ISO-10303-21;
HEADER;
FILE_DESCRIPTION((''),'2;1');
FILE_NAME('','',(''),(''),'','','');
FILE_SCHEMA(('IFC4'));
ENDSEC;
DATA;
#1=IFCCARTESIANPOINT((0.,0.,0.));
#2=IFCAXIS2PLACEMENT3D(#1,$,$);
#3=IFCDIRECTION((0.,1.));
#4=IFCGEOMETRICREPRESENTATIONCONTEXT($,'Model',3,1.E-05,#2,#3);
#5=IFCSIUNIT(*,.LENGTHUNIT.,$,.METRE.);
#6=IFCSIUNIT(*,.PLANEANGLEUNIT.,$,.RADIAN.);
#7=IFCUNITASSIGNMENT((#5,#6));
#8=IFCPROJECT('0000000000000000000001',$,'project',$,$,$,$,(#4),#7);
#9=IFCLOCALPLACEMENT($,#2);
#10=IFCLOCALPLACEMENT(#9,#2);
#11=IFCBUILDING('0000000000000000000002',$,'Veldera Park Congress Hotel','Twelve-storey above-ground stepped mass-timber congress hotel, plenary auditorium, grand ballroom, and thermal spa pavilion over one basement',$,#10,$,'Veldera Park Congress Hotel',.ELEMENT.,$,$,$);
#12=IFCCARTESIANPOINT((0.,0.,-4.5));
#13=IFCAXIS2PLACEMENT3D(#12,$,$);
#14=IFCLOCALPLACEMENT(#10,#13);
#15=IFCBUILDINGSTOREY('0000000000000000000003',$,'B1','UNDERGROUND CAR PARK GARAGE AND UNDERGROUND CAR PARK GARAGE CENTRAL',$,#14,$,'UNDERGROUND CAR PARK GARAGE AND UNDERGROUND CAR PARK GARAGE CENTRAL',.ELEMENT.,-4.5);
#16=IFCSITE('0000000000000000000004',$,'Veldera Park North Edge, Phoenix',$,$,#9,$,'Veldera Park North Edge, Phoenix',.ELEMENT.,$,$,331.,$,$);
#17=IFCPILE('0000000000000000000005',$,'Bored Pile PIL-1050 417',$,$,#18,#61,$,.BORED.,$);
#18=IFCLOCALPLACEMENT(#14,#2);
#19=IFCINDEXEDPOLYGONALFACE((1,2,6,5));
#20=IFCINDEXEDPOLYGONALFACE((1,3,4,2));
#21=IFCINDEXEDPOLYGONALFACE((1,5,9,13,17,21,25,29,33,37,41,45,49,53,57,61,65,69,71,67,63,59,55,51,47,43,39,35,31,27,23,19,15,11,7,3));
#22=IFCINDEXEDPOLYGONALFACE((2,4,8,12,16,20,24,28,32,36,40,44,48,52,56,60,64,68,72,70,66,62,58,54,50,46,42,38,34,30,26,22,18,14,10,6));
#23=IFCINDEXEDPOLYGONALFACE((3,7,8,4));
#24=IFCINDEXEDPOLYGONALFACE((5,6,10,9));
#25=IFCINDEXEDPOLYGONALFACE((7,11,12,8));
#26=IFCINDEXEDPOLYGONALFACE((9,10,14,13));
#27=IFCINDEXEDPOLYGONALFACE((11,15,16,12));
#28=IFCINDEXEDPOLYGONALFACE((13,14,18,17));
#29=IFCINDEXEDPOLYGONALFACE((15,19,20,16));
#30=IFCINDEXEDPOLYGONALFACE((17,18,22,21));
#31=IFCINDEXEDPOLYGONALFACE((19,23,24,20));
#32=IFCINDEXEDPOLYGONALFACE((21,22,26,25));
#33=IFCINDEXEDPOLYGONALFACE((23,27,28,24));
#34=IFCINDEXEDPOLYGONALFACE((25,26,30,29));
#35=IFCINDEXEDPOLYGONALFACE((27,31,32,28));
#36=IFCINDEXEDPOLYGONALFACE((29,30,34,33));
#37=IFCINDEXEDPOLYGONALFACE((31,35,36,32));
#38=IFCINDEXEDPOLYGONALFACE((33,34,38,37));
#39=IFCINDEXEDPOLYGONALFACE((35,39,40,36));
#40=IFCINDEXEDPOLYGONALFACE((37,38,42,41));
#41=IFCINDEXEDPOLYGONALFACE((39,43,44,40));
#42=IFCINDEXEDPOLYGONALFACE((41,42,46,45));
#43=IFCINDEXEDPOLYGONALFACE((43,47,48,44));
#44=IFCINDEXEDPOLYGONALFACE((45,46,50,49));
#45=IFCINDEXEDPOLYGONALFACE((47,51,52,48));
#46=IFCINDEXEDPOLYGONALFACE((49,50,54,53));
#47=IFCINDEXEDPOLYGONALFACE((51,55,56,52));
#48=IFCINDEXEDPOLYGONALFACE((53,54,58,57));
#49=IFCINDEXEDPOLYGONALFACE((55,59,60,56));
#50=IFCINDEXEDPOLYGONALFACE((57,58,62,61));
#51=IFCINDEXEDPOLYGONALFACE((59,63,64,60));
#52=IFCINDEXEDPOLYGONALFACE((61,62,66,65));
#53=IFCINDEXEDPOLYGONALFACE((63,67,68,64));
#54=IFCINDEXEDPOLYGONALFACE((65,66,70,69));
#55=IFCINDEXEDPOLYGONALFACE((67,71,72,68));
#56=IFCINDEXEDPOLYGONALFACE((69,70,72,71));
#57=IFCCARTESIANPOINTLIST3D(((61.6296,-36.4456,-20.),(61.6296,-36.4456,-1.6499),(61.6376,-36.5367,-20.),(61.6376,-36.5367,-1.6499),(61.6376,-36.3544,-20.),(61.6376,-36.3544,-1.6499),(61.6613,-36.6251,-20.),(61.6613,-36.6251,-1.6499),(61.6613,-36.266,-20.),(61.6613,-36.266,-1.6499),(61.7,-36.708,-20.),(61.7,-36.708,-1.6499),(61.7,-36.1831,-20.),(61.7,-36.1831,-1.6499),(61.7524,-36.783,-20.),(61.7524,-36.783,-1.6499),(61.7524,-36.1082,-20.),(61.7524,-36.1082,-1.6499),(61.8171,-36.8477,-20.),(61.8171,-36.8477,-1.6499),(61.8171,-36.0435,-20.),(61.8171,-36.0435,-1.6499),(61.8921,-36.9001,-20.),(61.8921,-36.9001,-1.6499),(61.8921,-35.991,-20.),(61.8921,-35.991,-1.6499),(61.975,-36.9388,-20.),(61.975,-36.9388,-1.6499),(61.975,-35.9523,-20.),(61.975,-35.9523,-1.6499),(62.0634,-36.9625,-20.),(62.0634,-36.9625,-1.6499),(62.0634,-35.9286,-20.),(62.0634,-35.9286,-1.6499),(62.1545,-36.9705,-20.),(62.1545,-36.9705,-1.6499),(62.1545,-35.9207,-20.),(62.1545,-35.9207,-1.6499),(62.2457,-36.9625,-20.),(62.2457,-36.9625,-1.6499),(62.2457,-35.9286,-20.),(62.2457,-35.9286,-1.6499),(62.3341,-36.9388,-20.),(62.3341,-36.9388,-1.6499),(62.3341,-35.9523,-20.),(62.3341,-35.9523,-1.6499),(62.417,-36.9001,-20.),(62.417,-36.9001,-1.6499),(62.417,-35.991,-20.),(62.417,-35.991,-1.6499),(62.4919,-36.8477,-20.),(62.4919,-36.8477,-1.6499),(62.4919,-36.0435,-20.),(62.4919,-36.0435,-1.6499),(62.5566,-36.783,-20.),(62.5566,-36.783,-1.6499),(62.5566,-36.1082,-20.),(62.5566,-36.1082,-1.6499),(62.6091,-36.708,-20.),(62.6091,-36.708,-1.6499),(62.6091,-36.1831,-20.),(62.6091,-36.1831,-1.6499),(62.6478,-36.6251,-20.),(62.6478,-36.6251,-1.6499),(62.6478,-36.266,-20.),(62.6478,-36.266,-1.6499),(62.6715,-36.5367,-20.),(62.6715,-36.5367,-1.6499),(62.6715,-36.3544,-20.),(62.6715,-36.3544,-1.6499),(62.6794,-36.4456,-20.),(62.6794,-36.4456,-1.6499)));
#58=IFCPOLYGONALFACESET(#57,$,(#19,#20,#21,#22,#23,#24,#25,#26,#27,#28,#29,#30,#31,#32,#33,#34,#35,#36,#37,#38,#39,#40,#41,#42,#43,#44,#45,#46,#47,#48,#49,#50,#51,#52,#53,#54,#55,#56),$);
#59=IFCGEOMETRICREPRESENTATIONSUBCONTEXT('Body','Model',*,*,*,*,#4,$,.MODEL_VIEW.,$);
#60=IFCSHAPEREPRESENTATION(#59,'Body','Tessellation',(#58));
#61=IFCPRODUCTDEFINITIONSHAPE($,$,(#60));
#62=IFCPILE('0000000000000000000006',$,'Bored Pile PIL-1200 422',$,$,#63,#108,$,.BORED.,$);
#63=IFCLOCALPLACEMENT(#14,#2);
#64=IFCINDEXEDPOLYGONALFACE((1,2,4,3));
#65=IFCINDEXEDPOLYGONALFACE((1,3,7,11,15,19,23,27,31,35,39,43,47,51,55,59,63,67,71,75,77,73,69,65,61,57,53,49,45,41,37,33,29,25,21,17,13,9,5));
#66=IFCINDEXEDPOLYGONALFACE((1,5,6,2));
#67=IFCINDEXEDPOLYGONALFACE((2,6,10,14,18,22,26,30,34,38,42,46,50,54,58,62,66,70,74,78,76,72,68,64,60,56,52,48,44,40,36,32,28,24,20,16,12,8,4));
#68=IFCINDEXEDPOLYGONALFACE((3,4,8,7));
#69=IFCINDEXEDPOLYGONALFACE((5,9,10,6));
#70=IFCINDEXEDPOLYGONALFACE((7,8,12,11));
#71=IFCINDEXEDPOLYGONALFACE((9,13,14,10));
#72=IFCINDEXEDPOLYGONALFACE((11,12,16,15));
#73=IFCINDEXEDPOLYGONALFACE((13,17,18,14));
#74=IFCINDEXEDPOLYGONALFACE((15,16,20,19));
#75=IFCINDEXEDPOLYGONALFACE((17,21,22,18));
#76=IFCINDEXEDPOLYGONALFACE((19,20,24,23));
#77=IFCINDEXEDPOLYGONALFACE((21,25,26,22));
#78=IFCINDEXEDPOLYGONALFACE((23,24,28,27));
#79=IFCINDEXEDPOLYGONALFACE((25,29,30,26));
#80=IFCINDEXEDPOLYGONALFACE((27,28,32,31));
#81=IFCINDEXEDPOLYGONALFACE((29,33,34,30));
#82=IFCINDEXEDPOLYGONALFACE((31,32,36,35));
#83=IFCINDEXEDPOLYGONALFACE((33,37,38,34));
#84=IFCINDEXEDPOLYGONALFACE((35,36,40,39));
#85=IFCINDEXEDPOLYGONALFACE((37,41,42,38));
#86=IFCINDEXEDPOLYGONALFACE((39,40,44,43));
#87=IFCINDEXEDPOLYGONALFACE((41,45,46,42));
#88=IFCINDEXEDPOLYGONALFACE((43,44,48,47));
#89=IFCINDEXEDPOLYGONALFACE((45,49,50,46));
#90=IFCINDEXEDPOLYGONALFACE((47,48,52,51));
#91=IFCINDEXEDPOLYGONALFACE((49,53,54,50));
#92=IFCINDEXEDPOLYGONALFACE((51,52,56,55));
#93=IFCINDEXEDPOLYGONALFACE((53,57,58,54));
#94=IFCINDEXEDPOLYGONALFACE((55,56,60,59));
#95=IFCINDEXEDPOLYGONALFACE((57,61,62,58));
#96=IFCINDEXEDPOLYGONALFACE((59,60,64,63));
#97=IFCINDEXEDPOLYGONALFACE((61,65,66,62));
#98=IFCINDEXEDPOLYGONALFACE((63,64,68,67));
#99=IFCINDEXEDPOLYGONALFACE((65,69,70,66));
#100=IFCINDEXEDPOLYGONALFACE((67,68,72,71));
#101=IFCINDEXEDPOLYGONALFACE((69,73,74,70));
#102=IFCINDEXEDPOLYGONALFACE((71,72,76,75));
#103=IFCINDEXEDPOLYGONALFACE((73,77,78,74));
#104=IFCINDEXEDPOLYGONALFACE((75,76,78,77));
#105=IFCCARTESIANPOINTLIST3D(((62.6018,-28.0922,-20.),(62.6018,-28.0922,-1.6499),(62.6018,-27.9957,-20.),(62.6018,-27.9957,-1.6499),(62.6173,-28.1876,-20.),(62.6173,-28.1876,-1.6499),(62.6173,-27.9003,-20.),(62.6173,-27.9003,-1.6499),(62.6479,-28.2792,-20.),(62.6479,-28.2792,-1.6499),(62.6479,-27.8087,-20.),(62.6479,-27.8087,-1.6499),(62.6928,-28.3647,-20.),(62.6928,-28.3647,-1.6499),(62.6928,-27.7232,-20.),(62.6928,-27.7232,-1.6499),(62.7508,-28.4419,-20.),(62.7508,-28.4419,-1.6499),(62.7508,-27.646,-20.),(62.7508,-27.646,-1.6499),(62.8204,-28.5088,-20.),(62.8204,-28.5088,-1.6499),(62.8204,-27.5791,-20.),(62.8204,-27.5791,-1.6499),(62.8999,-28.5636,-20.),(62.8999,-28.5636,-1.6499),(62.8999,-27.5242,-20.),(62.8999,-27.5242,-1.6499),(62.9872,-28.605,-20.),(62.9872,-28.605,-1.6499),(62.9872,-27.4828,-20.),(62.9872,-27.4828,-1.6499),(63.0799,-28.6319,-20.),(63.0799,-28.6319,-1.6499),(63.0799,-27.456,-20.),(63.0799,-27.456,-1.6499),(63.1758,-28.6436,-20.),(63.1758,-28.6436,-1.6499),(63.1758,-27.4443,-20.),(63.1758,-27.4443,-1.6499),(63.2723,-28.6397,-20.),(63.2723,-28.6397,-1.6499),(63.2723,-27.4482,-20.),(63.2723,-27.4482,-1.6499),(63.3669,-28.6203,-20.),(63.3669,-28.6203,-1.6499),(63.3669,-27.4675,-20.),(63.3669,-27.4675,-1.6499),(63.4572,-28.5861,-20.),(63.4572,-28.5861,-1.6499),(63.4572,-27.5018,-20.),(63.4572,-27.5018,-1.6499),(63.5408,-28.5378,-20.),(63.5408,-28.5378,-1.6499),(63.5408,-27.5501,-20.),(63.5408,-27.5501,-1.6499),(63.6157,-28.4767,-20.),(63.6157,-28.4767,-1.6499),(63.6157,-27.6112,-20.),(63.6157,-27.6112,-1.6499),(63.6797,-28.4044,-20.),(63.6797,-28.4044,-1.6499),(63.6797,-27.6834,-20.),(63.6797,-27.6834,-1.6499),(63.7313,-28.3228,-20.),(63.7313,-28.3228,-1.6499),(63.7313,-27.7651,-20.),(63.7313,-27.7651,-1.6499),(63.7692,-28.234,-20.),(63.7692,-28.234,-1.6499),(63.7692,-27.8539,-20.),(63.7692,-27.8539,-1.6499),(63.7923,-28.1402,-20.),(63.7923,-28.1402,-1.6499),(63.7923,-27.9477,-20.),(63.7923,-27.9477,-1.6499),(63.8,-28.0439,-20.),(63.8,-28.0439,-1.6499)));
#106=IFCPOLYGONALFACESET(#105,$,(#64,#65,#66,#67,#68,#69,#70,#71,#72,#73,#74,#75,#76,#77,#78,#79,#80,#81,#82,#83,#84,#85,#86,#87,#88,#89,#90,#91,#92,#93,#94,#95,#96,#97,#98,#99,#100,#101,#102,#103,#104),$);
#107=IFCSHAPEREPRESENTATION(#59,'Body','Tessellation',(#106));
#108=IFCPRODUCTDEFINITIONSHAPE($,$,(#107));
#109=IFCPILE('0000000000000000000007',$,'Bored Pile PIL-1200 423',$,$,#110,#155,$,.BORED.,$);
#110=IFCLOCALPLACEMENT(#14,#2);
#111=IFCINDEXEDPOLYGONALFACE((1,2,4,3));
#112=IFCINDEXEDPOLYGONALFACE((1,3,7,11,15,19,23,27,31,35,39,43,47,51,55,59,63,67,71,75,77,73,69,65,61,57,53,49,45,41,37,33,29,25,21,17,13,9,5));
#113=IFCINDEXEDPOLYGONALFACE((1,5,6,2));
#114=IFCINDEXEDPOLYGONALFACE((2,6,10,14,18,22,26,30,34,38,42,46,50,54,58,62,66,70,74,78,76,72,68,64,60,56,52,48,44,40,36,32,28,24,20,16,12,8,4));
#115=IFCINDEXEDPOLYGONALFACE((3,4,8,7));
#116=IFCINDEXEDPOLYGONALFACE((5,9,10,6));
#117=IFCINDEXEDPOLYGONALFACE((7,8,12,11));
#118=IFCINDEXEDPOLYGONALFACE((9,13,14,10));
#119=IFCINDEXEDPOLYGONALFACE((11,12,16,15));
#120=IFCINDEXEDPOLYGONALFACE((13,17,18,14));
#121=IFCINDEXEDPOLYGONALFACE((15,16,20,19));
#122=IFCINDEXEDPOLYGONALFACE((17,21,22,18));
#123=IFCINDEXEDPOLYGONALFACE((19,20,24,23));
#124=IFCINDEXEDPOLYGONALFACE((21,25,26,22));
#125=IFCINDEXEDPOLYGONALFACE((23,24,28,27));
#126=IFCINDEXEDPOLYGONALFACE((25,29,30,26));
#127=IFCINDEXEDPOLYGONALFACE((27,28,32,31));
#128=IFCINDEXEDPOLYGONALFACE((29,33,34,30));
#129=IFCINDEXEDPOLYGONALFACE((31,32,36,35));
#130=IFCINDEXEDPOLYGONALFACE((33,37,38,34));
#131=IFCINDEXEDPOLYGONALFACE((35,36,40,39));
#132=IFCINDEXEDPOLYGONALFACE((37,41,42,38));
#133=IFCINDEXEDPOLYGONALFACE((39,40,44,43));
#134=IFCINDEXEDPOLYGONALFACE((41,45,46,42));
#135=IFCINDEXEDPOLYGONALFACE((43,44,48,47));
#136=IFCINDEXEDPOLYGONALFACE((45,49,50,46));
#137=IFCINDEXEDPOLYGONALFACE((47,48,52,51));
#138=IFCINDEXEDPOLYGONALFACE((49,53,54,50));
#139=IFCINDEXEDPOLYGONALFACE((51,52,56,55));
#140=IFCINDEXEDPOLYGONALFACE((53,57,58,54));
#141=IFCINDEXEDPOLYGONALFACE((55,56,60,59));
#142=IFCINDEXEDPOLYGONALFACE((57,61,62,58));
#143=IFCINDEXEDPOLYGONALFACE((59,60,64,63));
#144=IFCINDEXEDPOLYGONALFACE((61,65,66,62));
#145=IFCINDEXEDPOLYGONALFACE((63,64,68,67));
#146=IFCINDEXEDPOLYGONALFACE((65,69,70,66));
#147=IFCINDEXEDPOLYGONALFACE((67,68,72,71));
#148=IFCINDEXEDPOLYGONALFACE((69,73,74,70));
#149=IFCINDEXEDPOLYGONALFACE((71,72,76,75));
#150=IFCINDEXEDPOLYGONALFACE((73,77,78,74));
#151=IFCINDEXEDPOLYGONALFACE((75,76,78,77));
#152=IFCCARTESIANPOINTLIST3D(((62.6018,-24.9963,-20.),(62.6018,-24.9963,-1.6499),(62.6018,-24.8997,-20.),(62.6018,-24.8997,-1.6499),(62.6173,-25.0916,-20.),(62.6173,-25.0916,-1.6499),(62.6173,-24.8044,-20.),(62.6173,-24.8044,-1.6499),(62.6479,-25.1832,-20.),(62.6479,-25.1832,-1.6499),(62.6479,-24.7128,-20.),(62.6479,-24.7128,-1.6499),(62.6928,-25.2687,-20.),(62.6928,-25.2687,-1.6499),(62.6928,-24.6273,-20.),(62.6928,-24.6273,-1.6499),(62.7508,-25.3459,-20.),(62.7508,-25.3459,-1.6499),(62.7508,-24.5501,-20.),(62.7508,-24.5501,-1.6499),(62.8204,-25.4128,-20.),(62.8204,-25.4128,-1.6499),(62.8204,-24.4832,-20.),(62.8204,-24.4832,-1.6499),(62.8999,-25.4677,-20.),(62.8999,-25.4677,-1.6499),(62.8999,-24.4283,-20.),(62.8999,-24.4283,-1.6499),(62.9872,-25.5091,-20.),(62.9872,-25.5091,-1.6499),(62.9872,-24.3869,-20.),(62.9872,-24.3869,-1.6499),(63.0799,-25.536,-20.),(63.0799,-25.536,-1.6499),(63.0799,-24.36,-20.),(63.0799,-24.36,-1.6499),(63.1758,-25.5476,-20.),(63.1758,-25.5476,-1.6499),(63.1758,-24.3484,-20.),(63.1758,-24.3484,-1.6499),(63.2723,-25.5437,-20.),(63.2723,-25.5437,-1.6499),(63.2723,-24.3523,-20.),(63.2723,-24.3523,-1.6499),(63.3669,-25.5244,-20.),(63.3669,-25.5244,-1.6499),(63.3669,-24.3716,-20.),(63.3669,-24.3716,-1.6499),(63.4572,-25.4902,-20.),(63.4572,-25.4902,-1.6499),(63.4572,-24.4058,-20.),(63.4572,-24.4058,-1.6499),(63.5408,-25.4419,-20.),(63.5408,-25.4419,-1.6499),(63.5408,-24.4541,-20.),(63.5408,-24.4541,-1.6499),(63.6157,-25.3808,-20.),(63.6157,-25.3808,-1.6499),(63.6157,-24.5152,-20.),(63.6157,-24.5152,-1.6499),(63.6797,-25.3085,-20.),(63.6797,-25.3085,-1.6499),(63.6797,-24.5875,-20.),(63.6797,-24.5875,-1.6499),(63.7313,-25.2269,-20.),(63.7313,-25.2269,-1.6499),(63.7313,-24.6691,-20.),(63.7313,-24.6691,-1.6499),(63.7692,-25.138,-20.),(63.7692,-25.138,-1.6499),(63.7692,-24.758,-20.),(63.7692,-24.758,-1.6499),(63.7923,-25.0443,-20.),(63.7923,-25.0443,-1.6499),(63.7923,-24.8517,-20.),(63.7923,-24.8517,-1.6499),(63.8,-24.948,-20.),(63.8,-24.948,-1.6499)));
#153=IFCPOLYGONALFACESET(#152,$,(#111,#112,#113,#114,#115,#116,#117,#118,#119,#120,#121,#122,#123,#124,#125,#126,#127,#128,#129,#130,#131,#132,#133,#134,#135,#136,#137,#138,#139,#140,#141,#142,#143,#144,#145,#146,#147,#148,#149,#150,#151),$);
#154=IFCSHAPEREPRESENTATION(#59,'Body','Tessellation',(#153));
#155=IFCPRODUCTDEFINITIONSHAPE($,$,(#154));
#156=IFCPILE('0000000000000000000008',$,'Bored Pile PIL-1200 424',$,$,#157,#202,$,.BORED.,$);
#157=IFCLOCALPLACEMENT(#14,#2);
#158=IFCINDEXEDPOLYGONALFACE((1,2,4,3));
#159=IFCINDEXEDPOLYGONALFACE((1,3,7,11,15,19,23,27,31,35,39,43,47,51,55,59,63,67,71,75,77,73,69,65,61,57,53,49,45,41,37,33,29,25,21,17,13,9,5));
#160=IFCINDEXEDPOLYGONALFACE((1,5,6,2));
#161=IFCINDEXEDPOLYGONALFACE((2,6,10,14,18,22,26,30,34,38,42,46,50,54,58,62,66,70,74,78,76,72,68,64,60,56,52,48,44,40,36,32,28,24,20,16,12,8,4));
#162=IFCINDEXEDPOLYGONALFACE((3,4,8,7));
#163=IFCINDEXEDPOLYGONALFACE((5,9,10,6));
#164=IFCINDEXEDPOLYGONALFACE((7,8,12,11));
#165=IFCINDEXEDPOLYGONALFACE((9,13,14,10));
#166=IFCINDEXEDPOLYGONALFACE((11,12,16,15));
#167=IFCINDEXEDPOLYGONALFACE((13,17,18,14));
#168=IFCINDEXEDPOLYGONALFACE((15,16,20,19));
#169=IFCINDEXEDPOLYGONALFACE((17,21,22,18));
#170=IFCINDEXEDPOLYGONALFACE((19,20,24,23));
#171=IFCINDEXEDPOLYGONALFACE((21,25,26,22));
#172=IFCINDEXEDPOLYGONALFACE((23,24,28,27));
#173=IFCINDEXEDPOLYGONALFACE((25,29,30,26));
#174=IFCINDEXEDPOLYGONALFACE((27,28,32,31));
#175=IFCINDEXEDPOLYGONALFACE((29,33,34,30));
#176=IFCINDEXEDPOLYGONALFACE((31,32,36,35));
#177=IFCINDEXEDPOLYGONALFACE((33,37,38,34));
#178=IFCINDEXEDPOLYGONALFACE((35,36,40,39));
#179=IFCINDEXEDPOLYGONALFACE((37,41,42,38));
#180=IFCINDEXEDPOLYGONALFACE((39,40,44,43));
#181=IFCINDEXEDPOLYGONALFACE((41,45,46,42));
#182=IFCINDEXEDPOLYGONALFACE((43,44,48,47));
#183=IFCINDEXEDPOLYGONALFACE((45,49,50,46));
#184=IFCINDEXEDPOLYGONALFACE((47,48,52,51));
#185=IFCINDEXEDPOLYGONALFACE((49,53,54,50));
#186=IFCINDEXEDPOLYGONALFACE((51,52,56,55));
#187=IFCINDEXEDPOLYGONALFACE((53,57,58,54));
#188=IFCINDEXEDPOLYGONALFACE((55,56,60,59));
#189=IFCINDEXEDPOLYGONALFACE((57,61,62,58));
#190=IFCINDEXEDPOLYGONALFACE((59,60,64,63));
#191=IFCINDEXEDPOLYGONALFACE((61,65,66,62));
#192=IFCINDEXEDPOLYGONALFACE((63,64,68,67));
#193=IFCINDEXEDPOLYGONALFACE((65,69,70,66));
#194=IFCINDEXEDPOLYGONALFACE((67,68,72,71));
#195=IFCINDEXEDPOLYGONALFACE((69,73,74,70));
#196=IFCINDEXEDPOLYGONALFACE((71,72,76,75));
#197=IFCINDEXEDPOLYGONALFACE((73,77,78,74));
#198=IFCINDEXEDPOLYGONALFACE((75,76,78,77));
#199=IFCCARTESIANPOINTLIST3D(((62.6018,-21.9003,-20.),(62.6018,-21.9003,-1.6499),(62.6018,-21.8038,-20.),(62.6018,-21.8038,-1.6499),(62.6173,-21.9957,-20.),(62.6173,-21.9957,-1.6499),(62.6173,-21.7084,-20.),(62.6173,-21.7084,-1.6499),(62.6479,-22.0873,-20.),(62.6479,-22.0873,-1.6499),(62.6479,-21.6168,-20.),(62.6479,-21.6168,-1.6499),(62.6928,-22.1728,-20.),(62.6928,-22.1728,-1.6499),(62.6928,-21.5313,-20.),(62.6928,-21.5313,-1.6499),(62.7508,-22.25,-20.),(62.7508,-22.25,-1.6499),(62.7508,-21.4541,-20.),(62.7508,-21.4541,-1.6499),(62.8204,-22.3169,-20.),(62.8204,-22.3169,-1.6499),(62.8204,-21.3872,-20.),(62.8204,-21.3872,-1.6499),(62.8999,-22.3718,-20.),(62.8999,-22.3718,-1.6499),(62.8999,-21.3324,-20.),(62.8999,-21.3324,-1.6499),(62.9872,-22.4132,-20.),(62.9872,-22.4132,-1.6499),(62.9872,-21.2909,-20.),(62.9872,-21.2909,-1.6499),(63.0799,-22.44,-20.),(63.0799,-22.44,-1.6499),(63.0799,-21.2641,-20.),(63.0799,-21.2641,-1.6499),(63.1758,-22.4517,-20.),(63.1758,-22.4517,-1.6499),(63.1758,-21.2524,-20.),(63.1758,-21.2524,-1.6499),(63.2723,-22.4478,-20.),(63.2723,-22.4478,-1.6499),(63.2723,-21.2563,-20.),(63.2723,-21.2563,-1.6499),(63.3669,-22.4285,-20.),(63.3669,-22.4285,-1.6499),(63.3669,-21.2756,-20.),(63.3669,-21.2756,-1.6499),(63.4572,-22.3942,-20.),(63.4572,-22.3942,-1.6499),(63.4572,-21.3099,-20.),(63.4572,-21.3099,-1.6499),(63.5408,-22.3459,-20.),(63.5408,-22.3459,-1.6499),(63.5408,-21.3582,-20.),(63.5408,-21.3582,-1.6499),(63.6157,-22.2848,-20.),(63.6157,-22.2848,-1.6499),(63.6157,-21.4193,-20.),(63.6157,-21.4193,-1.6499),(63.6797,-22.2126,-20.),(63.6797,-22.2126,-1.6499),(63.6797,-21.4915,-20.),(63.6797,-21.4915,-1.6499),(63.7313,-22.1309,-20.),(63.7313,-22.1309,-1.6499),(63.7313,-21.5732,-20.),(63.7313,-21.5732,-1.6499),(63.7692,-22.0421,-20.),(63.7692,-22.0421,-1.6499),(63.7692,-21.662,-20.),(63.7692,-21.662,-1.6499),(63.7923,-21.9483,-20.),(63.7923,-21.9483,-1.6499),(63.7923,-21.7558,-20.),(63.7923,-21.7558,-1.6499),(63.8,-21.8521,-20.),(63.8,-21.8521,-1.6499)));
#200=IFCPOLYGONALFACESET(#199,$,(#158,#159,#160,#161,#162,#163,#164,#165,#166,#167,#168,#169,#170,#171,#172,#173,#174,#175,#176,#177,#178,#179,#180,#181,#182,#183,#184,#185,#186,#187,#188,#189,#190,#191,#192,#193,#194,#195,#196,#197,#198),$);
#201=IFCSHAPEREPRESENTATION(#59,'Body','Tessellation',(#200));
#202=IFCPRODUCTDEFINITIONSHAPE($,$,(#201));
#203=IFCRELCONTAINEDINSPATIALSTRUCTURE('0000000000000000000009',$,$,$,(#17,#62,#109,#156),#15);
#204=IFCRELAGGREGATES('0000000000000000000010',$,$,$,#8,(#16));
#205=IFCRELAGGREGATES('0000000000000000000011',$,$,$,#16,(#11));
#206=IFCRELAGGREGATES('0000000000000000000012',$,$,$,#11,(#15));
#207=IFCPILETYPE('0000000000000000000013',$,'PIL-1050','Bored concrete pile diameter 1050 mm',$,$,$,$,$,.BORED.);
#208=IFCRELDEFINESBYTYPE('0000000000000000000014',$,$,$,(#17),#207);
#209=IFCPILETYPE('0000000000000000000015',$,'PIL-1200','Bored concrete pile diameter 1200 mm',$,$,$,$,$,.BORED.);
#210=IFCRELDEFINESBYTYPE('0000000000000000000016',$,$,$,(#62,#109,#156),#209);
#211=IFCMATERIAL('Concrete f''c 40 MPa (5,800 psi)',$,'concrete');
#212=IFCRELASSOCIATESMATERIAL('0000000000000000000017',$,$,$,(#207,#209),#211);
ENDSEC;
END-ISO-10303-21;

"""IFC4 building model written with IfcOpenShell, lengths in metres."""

from ifc_helpers import new_model, si_unit, direction, frame, origin, origin_2d, place, context, subcontext, project, spatial, circle, extrude, material, material_profile, profile_set, type_object, element, save


model = new_model("IFC4")

# Units and contexts
model_context = context("Model", 3, precision=1e-05, world=origin(), true_north=direction((0.0, 1.0)))
body_context = subcontext(model_context, "Body", "Model", "MODEL_VIEW")
ifc_project = project(units=[si_unit("LENGTHUNIT", "METRE"), si_unit("PLANEANGLEUNIT", "RADIAN")], contexts=[model_context])

# Site, building, storey
site_placement = place(None, origin())
site = spatial("IfcSite", under=ifc_project, at=site_placement, Name="Veldera Park North Edge, Phoenix", LongName="Veldera Park North Edge, Phoenix", CompositionType="ELEMENT", RefElevation=331.0)
building_placement = place(site_placement, origin())
building = spatial("IfcBuilding", under=site, at=building_placement, Name="Veldera Park Congress Hotel", Description="Twelve-storey above-ground stepped mass-timber congress hotel, plenary auditorium, grand ballroom, and thermal spa pavilion over one basement", LongName="Veldera Park Congress Hotel", CompositionType="ELEMENT")
storey_placement = place(building_placement, frame((0.0, 0.0, -4.5)))
storey = spatial("IfcBuildingStorey", under=building, at=storey_placement, Name="B1", Description="UNDERGROUND CAR PARK GARAGE AND UNDERGROUND CAR PARK GARAGE CENTRAL", LongName="UNDERGROUND CAR PARK GARAGE AND UNDERGROUND CAR PARK GARAGE CENTRAL", CompositionType="ELEMENT", Elevation=-4.5)

# Shared definitions
ifc_material_1 = material(Name="Concrete f'c 40 MPa (5,800 psi)", Category="concrete")

# Piles
ifc_material_profile_1 = material_profile(ifc_material_1, circle(Radius=0.5249, at=origin_2d()), Name="PILE D1050")
ifc_profile_set_1 = profile_set([ifc_material_profile_1], Name="Concrete f'c 40 MPa (5,800 psi)")
pile_type_1 = type_object("IfcPileType", Name="PIL-1050", Description="Bored concrete pile diameter 1050 mm", PredefinedType="BORED", material=ifc_profile_set_1)
for number, where, z_axis, x_axis, name in (
    (1, (62.1545, -36.4456, -1.6499), (0.0, 0.0, -1.0), (1.0, 0.0, 0.0), "Bored Pile PIL-1050 417"),
):
    element("IfcPile", number, at=place(storey_placement, frame(where, z_axis=z_axis, x_axis=x_axis)), inside=storey, type_object=pile_type_1, Name=name, PredefinedType="BORED", context=body_context, shape_type="SweptSolid", body=[
        extrude(circle(Radius=0.5249, at=origin_2d()), origin(), (0.0, 0.0, 1.0), 18.3501),
    ])
ifc_material_profile_2 = material_profile(ifc_material_1, circle(Radius=0.6001, at=origin_2d()), Name="PILE D1200")
ifc_profile_set_2 = profile_set([ifc_material_profile_2], Name="Concrete f'c 40 MPa (5,800 psi)")
pile_type_2 = type_object("IfcPileType", Name="PIL-1200", Description="Bored concrete pile diameter 1200 mm", PredefinedType="BORED", material=ifc_profile_set_2)
for number, where, z_axis, x_axis, name in (
    (2, (63.2, -28.0439, -1.6499), (0.0, 0.0, -1.0), (1.0, 0.0, 0.0), "Bored Pile PIL-1200 422"),
    (3, (63.2, -24.948, -1.6499), (0.0, 0.0, -1.0), (1.0, 0.0, 0.0), "Bored Pile PIL-1200 423"),
    (4, (63.2, -21.8521, -1.6499), (0.0, 0.0, -1.0), (1.0, 0.0, 0.0), "Bored Pile PIL-1200 424"),
):
    element("IfcPile", number, at=place(storey_placement, frame(where, z_axis=z_axis, x_axis=x_axis)), inside=storey, type_object=pile_type_2, Name=name, PredefinedType="BORED", context=body_context, shape_type="SweptSolid", body=[
        extrude(circle(Radius=0.6001, at=origin_2d()), origin(), (0.0, 0.0, 1.0), 18.3501),
    ])

save(model, "model.ifc")
